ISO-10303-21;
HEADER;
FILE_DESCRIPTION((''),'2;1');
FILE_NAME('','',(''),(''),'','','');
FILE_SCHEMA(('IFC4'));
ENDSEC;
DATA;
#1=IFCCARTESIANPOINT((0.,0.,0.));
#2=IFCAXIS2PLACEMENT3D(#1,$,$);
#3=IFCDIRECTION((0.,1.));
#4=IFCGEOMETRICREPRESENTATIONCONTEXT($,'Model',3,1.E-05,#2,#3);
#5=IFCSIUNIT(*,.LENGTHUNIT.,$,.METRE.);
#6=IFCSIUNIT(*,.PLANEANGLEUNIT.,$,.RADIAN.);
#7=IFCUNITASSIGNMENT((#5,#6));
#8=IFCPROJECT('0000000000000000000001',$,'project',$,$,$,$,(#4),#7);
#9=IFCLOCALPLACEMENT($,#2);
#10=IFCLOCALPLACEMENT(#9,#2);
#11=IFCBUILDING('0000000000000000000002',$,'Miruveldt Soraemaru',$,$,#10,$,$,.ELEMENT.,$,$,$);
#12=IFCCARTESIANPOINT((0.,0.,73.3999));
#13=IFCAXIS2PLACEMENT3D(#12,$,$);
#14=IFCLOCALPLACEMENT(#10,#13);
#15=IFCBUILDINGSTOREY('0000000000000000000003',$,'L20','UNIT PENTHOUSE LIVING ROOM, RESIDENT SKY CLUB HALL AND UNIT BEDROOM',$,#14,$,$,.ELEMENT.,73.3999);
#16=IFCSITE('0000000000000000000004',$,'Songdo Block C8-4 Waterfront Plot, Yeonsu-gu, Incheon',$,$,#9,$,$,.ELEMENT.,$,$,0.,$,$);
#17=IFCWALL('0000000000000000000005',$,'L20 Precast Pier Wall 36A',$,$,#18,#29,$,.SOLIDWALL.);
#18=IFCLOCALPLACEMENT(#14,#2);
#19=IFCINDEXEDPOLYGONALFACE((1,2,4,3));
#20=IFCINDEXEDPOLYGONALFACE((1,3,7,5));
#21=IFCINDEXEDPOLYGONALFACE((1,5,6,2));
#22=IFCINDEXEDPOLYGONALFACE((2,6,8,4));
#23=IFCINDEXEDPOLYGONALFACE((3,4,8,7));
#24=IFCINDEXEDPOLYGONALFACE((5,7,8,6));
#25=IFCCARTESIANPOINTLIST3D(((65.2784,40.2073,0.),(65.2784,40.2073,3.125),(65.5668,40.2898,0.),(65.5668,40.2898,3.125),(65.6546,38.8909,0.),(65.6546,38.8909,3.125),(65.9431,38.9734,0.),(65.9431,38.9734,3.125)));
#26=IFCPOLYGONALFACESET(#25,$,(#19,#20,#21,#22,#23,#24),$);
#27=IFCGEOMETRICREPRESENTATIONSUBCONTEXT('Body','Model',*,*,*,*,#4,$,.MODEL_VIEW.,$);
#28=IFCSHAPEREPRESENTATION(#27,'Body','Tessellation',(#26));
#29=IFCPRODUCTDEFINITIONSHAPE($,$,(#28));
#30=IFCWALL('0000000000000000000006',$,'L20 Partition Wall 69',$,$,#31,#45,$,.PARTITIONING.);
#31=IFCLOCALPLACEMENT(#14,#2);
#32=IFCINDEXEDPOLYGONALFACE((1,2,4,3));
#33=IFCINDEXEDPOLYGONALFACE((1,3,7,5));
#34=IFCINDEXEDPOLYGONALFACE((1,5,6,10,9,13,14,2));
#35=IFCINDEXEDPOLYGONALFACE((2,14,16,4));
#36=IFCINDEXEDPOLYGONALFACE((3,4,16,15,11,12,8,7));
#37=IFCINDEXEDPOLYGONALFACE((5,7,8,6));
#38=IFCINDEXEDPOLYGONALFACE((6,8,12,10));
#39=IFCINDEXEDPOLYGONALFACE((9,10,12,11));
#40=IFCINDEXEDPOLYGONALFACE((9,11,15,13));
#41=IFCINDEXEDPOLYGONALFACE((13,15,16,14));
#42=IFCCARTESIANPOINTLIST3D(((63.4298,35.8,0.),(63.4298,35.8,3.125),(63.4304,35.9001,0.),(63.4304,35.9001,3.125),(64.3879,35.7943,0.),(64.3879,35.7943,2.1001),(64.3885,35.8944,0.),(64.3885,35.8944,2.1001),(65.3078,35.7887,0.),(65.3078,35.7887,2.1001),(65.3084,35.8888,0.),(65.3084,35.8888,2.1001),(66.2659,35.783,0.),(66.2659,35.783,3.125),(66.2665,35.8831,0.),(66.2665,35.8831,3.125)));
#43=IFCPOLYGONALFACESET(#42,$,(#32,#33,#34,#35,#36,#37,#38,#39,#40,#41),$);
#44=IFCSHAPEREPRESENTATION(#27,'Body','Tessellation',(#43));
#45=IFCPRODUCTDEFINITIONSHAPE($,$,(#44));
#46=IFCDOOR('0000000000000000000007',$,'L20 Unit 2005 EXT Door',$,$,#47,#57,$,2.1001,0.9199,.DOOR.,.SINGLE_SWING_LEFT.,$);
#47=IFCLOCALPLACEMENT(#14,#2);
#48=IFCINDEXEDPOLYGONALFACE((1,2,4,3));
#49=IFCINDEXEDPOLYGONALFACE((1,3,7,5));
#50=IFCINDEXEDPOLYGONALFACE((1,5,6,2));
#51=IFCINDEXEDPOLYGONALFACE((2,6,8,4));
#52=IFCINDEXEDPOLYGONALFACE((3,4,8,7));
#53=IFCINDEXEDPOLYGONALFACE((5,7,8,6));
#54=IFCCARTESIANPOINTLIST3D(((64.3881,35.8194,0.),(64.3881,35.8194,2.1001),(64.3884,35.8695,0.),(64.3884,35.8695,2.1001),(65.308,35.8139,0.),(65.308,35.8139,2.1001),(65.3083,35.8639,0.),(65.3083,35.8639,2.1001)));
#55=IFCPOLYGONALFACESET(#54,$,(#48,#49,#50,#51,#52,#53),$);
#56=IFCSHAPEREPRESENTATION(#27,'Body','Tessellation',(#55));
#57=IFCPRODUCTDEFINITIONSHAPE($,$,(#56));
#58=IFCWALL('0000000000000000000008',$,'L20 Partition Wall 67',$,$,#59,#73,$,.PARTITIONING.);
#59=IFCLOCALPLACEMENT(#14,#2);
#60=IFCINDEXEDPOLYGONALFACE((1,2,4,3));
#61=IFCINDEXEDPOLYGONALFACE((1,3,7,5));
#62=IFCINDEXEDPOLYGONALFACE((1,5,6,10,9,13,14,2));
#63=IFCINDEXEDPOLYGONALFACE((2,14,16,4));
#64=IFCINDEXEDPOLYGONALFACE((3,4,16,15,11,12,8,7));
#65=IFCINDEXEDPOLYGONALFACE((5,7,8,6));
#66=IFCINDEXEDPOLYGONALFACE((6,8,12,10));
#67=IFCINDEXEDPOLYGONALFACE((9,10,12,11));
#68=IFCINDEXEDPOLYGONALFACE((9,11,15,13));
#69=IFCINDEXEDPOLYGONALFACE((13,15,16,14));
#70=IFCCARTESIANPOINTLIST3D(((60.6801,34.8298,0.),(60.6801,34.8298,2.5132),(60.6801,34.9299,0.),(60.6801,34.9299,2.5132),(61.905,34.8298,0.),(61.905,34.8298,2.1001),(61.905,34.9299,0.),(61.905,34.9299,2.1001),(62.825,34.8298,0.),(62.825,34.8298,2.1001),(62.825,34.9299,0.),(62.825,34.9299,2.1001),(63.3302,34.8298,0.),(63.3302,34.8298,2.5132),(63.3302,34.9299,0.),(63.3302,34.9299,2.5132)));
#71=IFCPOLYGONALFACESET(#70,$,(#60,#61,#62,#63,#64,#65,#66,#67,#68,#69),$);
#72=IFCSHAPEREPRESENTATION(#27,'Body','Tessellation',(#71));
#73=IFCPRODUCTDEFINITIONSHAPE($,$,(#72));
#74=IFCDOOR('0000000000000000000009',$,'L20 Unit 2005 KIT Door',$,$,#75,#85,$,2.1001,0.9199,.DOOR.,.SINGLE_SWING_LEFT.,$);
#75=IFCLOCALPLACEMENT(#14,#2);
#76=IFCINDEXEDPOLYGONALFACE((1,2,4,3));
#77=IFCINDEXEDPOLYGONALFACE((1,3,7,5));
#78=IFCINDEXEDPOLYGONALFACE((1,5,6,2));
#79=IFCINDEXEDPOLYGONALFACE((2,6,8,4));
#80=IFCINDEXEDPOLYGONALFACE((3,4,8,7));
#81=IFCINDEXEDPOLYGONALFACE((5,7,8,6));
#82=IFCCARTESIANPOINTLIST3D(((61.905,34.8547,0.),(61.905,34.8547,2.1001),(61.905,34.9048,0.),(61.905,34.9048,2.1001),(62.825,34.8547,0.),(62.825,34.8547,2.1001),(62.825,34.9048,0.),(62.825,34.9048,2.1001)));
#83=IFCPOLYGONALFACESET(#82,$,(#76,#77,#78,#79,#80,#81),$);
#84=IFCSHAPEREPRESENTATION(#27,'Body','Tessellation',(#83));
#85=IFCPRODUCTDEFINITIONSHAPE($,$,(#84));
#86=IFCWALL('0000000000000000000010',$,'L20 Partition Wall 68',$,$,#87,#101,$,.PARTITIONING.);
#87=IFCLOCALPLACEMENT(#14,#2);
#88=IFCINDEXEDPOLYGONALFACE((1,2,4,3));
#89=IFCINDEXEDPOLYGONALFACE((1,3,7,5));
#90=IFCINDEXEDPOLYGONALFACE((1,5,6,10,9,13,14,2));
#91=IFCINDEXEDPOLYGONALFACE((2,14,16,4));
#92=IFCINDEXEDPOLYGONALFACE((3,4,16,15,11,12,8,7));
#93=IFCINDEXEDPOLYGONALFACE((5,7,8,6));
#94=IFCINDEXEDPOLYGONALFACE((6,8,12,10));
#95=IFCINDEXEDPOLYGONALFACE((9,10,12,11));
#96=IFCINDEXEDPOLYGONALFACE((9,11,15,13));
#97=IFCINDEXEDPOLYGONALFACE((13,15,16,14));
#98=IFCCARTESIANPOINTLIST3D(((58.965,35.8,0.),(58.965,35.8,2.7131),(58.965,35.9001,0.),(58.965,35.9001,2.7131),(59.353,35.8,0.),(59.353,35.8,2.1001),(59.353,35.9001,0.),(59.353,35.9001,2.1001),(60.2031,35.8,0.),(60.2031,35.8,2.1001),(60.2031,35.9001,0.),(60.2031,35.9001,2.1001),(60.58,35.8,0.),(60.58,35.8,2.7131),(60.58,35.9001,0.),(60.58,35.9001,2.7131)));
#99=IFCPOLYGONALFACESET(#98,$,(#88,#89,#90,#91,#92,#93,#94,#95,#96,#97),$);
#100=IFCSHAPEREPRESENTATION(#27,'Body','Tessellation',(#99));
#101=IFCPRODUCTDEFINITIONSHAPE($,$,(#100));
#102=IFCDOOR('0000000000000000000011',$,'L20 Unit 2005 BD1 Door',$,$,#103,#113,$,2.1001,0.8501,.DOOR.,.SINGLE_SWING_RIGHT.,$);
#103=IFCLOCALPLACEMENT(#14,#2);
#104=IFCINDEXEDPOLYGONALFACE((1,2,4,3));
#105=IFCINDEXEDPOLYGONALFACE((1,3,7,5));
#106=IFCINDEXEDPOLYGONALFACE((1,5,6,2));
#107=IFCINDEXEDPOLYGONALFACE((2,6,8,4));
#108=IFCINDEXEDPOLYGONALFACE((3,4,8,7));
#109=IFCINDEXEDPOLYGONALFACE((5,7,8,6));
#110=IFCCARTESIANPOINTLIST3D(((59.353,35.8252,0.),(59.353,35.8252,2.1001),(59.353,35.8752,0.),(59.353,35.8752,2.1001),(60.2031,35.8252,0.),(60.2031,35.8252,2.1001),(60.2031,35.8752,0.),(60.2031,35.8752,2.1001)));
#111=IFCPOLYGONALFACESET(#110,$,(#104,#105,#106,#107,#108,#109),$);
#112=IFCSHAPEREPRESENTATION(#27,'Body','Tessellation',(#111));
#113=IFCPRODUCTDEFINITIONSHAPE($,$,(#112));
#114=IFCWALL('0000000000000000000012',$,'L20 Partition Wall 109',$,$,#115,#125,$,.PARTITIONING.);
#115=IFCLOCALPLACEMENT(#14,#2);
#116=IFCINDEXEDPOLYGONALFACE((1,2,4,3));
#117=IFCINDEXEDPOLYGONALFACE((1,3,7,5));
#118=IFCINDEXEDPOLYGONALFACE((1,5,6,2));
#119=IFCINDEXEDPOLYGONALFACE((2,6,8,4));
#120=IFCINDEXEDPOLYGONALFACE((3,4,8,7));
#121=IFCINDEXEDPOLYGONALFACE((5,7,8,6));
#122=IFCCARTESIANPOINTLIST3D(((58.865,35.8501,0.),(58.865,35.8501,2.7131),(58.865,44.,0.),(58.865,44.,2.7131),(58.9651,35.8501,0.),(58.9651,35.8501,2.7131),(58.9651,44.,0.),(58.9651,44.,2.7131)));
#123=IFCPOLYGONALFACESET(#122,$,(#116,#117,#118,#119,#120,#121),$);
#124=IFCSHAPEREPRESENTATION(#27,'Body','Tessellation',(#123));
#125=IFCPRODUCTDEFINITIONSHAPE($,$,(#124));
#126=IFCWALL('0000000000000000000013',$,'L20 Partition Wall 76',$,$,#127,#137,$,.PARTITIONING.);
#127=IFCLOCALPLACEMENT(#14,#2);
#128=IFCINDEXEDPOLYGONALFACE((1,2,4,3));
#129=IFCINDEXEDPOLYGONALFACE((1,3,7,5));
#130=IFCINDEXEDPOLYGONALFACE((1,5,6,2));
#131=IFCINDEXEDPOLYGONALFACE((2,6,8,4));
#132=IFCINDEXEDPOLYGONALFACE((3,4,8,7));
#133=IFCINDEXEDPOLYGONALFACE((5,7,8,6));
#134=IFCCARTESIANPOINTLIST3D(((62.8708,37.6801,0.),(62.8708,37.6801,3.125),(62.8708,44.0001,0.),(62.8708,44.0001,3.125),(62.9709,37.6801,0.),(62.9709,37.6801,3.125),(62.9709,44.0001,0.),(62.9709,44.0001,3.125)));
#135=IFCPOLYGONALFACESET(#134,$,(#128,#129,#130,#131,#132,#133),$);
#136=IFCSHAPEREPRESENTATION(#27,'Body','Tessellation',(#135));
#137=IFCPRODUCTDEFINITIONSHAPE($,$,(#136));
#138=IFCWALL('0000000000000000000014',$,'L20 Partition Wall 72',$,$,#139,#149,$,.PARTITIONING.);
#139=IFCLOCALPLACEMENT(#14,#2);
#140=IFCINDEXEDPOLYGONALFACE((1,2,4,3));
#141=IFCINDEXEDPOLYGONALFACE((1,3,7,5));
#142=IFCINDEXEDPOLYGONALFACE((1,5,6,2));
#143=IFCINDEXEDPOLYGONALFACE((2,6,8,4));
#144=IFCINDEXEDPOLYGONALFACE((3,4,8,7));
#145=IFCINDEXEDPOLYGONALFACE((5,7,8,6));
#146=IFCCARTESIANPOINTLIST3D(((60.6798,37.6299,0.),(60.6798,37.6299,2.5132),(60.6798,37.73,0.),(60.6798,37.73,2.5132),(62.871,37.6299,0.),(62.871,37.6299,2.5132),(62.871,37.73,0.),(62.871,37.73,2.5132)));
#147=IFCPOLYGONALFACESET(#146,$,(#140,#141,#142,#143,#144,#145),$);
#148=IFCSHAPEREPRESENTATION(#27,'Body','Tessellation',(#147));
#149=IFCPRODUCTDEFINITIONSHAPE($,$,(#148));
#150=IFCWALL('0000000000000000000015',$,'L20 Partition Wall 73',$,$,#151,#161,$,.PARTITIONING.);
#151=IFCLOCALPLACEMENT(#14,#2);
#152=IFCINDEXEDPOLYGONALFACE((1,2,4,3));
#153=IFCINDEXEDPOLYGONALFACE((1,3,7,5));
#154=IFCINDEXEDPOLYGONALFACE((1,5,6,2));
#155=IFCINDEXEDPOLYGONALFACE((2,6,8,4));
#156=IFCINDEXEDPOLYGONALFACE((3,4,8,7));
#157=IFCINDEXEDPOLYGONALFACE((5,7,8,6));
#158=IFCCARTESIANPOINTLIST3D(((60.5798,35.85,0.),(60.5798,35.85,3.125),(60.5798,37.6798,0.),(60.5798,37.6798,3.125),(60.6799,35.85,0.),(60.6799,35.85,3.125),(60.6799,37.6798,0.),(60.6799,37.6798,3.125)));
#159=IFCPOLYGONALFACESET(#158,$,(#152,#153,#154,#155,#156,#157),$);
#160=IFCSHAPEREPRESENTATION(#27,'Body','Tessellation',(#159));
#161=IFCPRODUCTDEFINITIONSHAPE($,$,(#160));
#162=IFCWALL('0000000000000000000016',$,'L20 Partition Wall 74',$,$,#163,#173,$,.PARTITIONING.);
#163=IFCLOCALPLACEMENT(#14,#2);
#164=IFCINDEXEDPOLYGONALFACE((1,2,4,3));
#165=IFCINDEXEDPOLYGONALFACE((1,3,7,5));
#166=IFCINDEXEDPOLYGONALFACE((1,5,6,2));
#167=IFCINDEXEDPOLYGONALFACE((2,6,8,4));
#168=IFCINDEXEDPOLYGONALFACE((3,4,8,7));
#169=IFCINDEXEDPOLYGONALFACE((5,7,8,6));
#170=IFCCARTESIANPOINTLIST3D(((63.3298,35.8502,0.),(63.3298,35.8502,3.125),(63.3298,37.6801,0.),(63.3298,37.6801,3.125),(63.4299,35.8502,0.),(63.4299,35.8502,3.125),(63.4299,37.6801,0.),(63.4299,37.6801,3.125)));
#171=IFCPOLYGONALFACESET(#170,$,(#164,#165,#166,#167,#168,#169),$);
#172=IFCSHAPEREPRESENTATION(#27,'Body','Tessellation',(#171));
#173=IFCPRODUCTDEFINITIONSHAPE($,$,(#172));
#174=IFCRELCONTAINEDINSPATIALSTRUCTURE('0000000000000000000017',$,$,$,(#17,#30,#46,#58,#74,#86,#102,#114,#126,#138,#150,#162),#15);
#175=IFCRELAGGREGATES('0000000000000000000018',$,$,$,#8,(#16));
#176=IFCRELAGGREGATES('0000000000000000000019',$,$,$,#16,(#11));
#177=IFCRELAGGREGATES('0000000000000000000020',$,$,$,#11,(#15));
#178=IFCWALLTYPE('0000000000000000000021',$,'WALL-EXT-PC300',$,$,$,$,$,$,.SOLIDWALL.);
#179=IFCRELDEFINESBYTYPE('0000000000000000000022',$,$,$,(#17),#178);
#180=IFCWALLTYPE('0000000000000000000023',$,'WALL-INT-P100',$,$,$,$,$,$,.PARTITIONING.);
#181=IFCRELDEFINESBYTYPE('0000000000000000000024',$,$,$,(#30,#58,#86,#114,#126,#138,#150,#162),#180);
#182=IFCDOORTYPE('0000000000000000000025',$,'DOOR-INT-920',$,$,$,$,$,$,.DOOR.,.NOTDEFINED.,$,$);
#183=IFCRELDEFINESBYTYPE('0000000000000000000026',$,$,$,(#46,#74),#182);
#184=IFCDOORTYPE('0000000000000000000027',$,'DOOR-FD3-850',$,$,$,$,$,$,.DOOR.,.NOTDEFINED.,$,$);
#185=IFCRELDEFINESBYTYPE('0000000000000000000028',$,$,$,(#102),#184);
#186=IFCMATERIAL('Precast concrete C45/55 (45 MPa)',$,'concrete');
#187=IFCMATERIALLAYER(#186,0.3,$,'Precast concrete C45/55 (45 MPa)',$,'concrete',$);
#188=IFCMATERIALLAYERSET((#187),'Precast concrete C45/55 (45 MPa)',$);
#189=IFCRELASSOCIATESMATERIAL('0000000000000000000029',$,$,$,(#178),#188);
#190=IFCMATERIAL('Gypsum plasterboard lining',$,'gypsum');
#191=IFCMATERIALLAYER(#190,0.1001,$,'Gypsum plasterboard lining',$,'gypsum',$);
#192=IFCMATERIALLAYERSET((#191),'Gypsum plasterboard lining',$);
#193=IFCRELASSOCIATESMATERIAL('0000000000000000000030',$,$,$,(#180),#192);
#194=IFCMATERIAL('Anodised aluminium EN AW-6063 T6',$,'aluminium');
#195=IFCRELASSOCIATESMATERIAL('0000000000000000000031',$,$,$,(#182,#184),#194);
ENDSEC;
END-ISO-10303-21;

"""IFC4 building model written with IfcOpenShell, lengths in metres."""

from ifc_helpers import new_model, si_unit, direction, frame, frame_2d, origin, place, context, subcontext, project, spatial, rectangle, extrude, material, layer, layer_set, type_object, element, fill, save


model = new_model("IFC4")

# Units and contexts
model_context = context("Model", 3, precision=1e-05, world=origin(), true_north=direction((0.0, 1.0)))
body_context = subcontext(model_context, "Body", "Model", "MODEL_VIEW")
ifc_project = project(units=[si_unit("LENGTHUNIT", "METRE"), si_unit("PLANEANGLEUNIT", "RADIAN")], contexts=[model_context])

# Site, building, storey
site_placement = place(None, origin())
site = spatial("IfcSite", under=ifc_project, at=site_placement, Name="Songdo Block C8-4 Waterfront Plot, Yeonsu-gu, Incheon", CompositionType="ELEMENT", RefElevation=0.0)
building_placement = place(site_placement, origin())
building = spatial("IfcBuilding", under=site, at=building_placement, Name="Miruveldt Soraemaru", CompositionType="ELEMENT")
storey_placement = place(building_placement, frame((0.0, 0.0, 73.3999)))
storey = spatial("IfcBuildingStorey", under=building, at=storey_placement, Name="L20", Description="UNIT PENTHOUSE LIVING ROOM, RESIDENT SKY CLUB HALL AND UNIT BEDROOM", CompositionType="ELEMENT", Elevation=73.3999)

# Shared definitions
ifc_material_1 = material(Name="Anodised aluminium EN AW-6063 T6", Category="aluminium")

# Wall
ifc_material_2 = material(Name="Precast concrete C45/55 (45 MPa)", Category="concrete")
ifc_layer_1 = layer(ifc_material_2, 0.3, Name="Precast concrete C45/55 (45 MPa)", Category="concrete")
ifc_layer_set_1 = layer_set([ifc_layer_1], Name="Precast concrete C45/55 (45 MPa)")
wall_type_1 = type_object("IfcWallType", Name="WALL-EXT-PC300", PredefinedType="SOLIDWALL", material=ifc_layer_set_1)
wall_1_placement = place(storey_placement, frame((65.7988, 38.9321, 0.0), z_axis=(0.0, 0.0, 1.0), x_axis=(-0.274792, 0.961504, 0.0)))
element("IfcWall", 1, at=wall_1_placement, inside=storey, type_object=wall_type_1, Name="L20 Precast Pier Wall 36A", PredefinedType="SOLIDWALL", context=body_context, shape_type="SweptSolid", body=[
    extrude(rectangle(XDim=1.3691, YDim=0.3, at=frame_2d((0.6846, 0.0))), origin(), (0.0, 0.0, 1.0), 3.125),
])

# Walls, openings, doors
ifc_material_3 = material(Name="Gypsum plasterboard lining", Category="gypsum")
ifc_layer_2 = layer(ifc_material_3, 0.1001, Name="Gypsum plasterboard lining", Category="gypsum")
ifc_layer_set_2 = layer_set([ifc_layer_2], Name="Gypsum plasterboard lining")
wall_type_2 = type_object("IfcWallType", Name="WALL-INT-P100", PredefinedType="PARTITIONING", material=ifc_layer_set_2)
wall_2_placement = place(storey_placement, frame((66.2661, 35.833, 0.0), z_axis=(0.0, 0.0, 1.0), x_axis=(-0.999982, 0.006026, 0.0)))
wall_2 = element("IfcWall", 2, at=wall_2_placement, inside=storey, type_object=wall_type_2, Name="L20 Partition Wall 69", PredefinedType="PARTITIONING", context=body_context, shape_type="SweptSolid", body=[
    extrude(rectangle(XDim=2.8362, YDim=0.1001, at=frame_2d((1.418, 0.0))), origin(), (0.0, 0.0, 1.0), 3.125),
])
opening_1_placement = place(wall_2_placement, frame((0.958, 0.0, 0.0)))
opening_1 = element("IfcOpeningElement", 3, at=opening_1_placement, cuts=wall_2, PredefinedType="OPENING", context=body_context, shape_type="SweptSolid", body=[
    extrude(rectangle(XDim=0.9199, YDim=2.1001, at=frame_2d((0.46, 1.05))), frame((0.0, 0.0601, 0.0), z_axis=(0.0, -1.0, 0.0), x_axis=(1.0, 0.0, 0.0)), (0.0, 0.0, 1.0), 0.1201),
])
door_type_1 = type_object("IfcDoorType", Name="DOOR-INT-920", OperationType="NOTDEFINED", PredefinedType="DOOR", material=ifc_material_1)
door_1_placement = place(opening_1_placement, origin())
door_1 = element("IfcDoor", 4, at=door_1_placement, inside=storey, type_object=door_type_1, Name="L20 Unit 2005 EXT Door", OperationType="SINGLE_SWING_LEFT", OverallHeight=2.1001, OverallWidth=0.9199, PredefinedType="DOOR", context=body_context, shape_type="SweptSolid", body=[
    extrude(rectangle(XDim=0.9199, YDim=2.1001, at=frame_2d((0.46, 1.05))), frame((0.0, 0.0249, 0.0), z_axis=(0.0, -1.0, 0.0), x_axis=(1.0, 0.0, 0.0)), (0.0, 0.0, 1.0), 0.05),
])
fill(opening_1, door_1)
wall_3_placement = place(storey_placement, frame((60.6799, 34.8799, 0.0), z_axis=(0.0, 0.0, 1.0), x_axis=(1.0, 0.0, 0.0)))
wall_3 = element("IfcWall", 5, at=wall_3_placement, inside=storey, type_object=wall_type_2, Name="L20 Partition Wall 67", PredefinedType="PARTITIONING", context=body_context, shape_type="SweptSolid", body=[
    extrude(rectangle(XDim=2.6501, YDim=0.1001, at=frame_2d((1.3252, 0.0))), origin(), (0.0, 0.0, 1.0), 2.5132),
])
opening_2_placement = place(wall_3_placement, frame((1.2251, 0.0, 0.0)))
opening_2 = element("IfcOpeningElement", 6, at=opening_2_placement, cuts=wall_3, PredefinedType="OPENING", context=body_context, shape_type="SweptSolid", body=[
    extrude(rectangle(XDim=0.9199, YDim=2.1001, at=frame_2d((0.46, 1.05))), frame((0.0, 0.0601, 0.0), z_axis=(0.0, -1.0, 0.0), x_axis=(1.0, 0.0, 0.0)), (0.0, 0.0, 1.0), 0.1201),
])
door_2_placement = place(opening_2_placement, origin())
door_2 = element("IfcDoor", 7, at=door_2_placement, inside=storey, type_object=door_type_1, Name="L20 Unit 2005 KIT Door", OperationType="SINGLE_SWING_LEFT", OverallHeight=2.1001, OverallWidth=0.9199, PredefinedType="DOOR", context=body_context, shape_type="SweptSolid", body=[
    extrude(rectangle(XDim=0.9199, YDim=2.1001, at=frame_2d((0.46, 1.05))), frame((0.0, 0.0249, 0.0), z_axis=(0.0, -1.0, 0.0), x_axis=(1.0, 0.0, 0.0)), (0.0, 0.0, 1.0), 0.05),
])
fill(opening_2, door_2)
wall_4_placement = place(storey_placement, frame((60.5801, 35.8501, 0.0), z_axis=(0.0, 0.0, 1.0), x_axis=(-1.0, 0.0, 0.0)))
wall_4 = element("IfcWall", 8, at=wall_4_placement, inside=storey, type_object=wall_type_2, Name="L20 Partition Wall 68", PredefinedType="PARTITIONING", context=body_context, shape_type="SweptSolid", body=[
    extrude(rectangle(XDim=1.615, YDim=0.1001, at=frame_2d((0.8076, 0.0))), origin(), (0.0, 0.0, 1.0), 2.7131),
])
opening_3_placement = place(wall_4_placement, frame((0.377, 0.0, 0.0)))
opening_3 = element("IfcOpeningElement", 9, at=opening_3_placement, cuts=wall_4, PredefinedType="OPENING", context=body_context, shape_type="SweptSolid", body=[
    extrude(rectangle(XDim=0.8501, YDim=2.1001, at=frame_2d((0.425, 1.05))), frame((0.0, 0.0601, 0.0), z_axis=(0.0, -1.0, 0.0), x_axis=(1.0, 0.0, 0.0)), (0.0, 0.0, 1.0), 0.1201),
])
door_type_2 = type_object("IfcDoorType", Name="DOOR-FD3-850", OperationType="NOTDEFINED", PredefinedType="DOOR", material=ifc_material_1)
door_3_placement = place(opening_3_placement, origin())
door_3 = element("IfcDoor", 10, at=door_3_placement, inside=storey, type_object=door_type_2, Name="L20 Unit 2005 BD1 Door", OperationType="SINGLE_SWING_RIGHT", OverallHeight=2.1001, OverallWidth=0.8501, PredefinedType="DOOR", context=body_context, shape_type="SweptSolid", body=[
    extrude(rectangle(XDim=0.8501, YDim=2.1001, at=frame_2d((0.425, 1.05))), frame((0.0, 0.0249, 0.0), z_axis=(0.0, -1.0, 0.0), x_axis=(1.0, 0.0, 0.0)), (0.0, 0.0, 1.0), 0.05),
])
fill(opening_3, door_3)

# Walls
wall_5_placement = place(storey_placement, frame((58.915, 35.8501, 0.0), z_axis=(0.0, 0.0, 1.0), x_axis=(0.0, 1.0, 0.0)))
element("IfcWall", 11, at=wall_5_placement, inside=storey, type_object=wall_type_2, Name="L20 Partition Wall 109", PredefinedType="PARTITIONING", context=body_context, shape_type="SweptSolid", body=[
    extrude(rectangle(XDim=8.1499, YDim=0.1001, at=frame_2d((4.075, 0.0))), origin(), (0.0, 0.0, 1.0), 2.7131),
])
wall_6_placement = place(storey_placement, frame((62.9209, 37.6799, 0.0), z_axis=(0.0, 0.0, 1.0), x_axis=(0.0, 1.0, 0.0)))
element("IfcWall", 12, at=wall_6_placement, inside=storey, type_object=wall_type_2, Name="L20 Partition Wall 76", PredefinedType="PARTITIONING", context=body_context, shape_type="SweptSolid", body=[
    extrude(rectangle(XDim=6.3201, YDim=0.1001, at=frame_2d((3.1602, 0.0))), origin(), (0.0, 0.0, 1.0), 3.125),
])
wall_7_placement = place(storey_placement, frame((62.8711, 37.6799, 0.0), z_axis=(0.0, 0.0, 1.0), x_axis=(-1.0, 0.0, 0.0)))
element("IfcWall", 13, at=wall_7_placement, inside=storey, type_object=wall_type_2, Name="L20 Partition Wall 72", PredefinedType="PARTITIONING", context=body_context, shape_type="SweptSolid", body=[
    extrude(rectangle(XDim=2.1912, YDim=0.1001, at=frame_2d((1.0957, 0.0))), origin(), (0.0, 0.0, 1.0), 2.5132),
])
for number, where, z_axis, x_axis, name in (
    (14, (60.6299, 37.6799, 0.0), (0.0, 0.0, 1.0), (0.0, -1.0, 0.0), "L20 Partition Wall 73"),
    (15, (63.3799, 35.8501, 0.0), (0.0, 0.0, 1.0), (0.0, 1.0, 0.0), "L20 Partition Wall 74"),
):
    element("IfcWall", number, at=place(storey_placement, frame(where, z_axis=z_axis, x_axis=x_axis)), inside=storey, type_object=wall_type_2, Name=name, PredefinedType="PARTITIONING", context=body_context, shape_type="SweptSolid", body=[
        extrude(rectangle(XDim=1.8298, YDim=0.1001, at=frame_2d((0.915, 0.0))), origin(), (0.0, 0.0, 1.0), 3.125),
    ])

save(model, "model.ifc")
